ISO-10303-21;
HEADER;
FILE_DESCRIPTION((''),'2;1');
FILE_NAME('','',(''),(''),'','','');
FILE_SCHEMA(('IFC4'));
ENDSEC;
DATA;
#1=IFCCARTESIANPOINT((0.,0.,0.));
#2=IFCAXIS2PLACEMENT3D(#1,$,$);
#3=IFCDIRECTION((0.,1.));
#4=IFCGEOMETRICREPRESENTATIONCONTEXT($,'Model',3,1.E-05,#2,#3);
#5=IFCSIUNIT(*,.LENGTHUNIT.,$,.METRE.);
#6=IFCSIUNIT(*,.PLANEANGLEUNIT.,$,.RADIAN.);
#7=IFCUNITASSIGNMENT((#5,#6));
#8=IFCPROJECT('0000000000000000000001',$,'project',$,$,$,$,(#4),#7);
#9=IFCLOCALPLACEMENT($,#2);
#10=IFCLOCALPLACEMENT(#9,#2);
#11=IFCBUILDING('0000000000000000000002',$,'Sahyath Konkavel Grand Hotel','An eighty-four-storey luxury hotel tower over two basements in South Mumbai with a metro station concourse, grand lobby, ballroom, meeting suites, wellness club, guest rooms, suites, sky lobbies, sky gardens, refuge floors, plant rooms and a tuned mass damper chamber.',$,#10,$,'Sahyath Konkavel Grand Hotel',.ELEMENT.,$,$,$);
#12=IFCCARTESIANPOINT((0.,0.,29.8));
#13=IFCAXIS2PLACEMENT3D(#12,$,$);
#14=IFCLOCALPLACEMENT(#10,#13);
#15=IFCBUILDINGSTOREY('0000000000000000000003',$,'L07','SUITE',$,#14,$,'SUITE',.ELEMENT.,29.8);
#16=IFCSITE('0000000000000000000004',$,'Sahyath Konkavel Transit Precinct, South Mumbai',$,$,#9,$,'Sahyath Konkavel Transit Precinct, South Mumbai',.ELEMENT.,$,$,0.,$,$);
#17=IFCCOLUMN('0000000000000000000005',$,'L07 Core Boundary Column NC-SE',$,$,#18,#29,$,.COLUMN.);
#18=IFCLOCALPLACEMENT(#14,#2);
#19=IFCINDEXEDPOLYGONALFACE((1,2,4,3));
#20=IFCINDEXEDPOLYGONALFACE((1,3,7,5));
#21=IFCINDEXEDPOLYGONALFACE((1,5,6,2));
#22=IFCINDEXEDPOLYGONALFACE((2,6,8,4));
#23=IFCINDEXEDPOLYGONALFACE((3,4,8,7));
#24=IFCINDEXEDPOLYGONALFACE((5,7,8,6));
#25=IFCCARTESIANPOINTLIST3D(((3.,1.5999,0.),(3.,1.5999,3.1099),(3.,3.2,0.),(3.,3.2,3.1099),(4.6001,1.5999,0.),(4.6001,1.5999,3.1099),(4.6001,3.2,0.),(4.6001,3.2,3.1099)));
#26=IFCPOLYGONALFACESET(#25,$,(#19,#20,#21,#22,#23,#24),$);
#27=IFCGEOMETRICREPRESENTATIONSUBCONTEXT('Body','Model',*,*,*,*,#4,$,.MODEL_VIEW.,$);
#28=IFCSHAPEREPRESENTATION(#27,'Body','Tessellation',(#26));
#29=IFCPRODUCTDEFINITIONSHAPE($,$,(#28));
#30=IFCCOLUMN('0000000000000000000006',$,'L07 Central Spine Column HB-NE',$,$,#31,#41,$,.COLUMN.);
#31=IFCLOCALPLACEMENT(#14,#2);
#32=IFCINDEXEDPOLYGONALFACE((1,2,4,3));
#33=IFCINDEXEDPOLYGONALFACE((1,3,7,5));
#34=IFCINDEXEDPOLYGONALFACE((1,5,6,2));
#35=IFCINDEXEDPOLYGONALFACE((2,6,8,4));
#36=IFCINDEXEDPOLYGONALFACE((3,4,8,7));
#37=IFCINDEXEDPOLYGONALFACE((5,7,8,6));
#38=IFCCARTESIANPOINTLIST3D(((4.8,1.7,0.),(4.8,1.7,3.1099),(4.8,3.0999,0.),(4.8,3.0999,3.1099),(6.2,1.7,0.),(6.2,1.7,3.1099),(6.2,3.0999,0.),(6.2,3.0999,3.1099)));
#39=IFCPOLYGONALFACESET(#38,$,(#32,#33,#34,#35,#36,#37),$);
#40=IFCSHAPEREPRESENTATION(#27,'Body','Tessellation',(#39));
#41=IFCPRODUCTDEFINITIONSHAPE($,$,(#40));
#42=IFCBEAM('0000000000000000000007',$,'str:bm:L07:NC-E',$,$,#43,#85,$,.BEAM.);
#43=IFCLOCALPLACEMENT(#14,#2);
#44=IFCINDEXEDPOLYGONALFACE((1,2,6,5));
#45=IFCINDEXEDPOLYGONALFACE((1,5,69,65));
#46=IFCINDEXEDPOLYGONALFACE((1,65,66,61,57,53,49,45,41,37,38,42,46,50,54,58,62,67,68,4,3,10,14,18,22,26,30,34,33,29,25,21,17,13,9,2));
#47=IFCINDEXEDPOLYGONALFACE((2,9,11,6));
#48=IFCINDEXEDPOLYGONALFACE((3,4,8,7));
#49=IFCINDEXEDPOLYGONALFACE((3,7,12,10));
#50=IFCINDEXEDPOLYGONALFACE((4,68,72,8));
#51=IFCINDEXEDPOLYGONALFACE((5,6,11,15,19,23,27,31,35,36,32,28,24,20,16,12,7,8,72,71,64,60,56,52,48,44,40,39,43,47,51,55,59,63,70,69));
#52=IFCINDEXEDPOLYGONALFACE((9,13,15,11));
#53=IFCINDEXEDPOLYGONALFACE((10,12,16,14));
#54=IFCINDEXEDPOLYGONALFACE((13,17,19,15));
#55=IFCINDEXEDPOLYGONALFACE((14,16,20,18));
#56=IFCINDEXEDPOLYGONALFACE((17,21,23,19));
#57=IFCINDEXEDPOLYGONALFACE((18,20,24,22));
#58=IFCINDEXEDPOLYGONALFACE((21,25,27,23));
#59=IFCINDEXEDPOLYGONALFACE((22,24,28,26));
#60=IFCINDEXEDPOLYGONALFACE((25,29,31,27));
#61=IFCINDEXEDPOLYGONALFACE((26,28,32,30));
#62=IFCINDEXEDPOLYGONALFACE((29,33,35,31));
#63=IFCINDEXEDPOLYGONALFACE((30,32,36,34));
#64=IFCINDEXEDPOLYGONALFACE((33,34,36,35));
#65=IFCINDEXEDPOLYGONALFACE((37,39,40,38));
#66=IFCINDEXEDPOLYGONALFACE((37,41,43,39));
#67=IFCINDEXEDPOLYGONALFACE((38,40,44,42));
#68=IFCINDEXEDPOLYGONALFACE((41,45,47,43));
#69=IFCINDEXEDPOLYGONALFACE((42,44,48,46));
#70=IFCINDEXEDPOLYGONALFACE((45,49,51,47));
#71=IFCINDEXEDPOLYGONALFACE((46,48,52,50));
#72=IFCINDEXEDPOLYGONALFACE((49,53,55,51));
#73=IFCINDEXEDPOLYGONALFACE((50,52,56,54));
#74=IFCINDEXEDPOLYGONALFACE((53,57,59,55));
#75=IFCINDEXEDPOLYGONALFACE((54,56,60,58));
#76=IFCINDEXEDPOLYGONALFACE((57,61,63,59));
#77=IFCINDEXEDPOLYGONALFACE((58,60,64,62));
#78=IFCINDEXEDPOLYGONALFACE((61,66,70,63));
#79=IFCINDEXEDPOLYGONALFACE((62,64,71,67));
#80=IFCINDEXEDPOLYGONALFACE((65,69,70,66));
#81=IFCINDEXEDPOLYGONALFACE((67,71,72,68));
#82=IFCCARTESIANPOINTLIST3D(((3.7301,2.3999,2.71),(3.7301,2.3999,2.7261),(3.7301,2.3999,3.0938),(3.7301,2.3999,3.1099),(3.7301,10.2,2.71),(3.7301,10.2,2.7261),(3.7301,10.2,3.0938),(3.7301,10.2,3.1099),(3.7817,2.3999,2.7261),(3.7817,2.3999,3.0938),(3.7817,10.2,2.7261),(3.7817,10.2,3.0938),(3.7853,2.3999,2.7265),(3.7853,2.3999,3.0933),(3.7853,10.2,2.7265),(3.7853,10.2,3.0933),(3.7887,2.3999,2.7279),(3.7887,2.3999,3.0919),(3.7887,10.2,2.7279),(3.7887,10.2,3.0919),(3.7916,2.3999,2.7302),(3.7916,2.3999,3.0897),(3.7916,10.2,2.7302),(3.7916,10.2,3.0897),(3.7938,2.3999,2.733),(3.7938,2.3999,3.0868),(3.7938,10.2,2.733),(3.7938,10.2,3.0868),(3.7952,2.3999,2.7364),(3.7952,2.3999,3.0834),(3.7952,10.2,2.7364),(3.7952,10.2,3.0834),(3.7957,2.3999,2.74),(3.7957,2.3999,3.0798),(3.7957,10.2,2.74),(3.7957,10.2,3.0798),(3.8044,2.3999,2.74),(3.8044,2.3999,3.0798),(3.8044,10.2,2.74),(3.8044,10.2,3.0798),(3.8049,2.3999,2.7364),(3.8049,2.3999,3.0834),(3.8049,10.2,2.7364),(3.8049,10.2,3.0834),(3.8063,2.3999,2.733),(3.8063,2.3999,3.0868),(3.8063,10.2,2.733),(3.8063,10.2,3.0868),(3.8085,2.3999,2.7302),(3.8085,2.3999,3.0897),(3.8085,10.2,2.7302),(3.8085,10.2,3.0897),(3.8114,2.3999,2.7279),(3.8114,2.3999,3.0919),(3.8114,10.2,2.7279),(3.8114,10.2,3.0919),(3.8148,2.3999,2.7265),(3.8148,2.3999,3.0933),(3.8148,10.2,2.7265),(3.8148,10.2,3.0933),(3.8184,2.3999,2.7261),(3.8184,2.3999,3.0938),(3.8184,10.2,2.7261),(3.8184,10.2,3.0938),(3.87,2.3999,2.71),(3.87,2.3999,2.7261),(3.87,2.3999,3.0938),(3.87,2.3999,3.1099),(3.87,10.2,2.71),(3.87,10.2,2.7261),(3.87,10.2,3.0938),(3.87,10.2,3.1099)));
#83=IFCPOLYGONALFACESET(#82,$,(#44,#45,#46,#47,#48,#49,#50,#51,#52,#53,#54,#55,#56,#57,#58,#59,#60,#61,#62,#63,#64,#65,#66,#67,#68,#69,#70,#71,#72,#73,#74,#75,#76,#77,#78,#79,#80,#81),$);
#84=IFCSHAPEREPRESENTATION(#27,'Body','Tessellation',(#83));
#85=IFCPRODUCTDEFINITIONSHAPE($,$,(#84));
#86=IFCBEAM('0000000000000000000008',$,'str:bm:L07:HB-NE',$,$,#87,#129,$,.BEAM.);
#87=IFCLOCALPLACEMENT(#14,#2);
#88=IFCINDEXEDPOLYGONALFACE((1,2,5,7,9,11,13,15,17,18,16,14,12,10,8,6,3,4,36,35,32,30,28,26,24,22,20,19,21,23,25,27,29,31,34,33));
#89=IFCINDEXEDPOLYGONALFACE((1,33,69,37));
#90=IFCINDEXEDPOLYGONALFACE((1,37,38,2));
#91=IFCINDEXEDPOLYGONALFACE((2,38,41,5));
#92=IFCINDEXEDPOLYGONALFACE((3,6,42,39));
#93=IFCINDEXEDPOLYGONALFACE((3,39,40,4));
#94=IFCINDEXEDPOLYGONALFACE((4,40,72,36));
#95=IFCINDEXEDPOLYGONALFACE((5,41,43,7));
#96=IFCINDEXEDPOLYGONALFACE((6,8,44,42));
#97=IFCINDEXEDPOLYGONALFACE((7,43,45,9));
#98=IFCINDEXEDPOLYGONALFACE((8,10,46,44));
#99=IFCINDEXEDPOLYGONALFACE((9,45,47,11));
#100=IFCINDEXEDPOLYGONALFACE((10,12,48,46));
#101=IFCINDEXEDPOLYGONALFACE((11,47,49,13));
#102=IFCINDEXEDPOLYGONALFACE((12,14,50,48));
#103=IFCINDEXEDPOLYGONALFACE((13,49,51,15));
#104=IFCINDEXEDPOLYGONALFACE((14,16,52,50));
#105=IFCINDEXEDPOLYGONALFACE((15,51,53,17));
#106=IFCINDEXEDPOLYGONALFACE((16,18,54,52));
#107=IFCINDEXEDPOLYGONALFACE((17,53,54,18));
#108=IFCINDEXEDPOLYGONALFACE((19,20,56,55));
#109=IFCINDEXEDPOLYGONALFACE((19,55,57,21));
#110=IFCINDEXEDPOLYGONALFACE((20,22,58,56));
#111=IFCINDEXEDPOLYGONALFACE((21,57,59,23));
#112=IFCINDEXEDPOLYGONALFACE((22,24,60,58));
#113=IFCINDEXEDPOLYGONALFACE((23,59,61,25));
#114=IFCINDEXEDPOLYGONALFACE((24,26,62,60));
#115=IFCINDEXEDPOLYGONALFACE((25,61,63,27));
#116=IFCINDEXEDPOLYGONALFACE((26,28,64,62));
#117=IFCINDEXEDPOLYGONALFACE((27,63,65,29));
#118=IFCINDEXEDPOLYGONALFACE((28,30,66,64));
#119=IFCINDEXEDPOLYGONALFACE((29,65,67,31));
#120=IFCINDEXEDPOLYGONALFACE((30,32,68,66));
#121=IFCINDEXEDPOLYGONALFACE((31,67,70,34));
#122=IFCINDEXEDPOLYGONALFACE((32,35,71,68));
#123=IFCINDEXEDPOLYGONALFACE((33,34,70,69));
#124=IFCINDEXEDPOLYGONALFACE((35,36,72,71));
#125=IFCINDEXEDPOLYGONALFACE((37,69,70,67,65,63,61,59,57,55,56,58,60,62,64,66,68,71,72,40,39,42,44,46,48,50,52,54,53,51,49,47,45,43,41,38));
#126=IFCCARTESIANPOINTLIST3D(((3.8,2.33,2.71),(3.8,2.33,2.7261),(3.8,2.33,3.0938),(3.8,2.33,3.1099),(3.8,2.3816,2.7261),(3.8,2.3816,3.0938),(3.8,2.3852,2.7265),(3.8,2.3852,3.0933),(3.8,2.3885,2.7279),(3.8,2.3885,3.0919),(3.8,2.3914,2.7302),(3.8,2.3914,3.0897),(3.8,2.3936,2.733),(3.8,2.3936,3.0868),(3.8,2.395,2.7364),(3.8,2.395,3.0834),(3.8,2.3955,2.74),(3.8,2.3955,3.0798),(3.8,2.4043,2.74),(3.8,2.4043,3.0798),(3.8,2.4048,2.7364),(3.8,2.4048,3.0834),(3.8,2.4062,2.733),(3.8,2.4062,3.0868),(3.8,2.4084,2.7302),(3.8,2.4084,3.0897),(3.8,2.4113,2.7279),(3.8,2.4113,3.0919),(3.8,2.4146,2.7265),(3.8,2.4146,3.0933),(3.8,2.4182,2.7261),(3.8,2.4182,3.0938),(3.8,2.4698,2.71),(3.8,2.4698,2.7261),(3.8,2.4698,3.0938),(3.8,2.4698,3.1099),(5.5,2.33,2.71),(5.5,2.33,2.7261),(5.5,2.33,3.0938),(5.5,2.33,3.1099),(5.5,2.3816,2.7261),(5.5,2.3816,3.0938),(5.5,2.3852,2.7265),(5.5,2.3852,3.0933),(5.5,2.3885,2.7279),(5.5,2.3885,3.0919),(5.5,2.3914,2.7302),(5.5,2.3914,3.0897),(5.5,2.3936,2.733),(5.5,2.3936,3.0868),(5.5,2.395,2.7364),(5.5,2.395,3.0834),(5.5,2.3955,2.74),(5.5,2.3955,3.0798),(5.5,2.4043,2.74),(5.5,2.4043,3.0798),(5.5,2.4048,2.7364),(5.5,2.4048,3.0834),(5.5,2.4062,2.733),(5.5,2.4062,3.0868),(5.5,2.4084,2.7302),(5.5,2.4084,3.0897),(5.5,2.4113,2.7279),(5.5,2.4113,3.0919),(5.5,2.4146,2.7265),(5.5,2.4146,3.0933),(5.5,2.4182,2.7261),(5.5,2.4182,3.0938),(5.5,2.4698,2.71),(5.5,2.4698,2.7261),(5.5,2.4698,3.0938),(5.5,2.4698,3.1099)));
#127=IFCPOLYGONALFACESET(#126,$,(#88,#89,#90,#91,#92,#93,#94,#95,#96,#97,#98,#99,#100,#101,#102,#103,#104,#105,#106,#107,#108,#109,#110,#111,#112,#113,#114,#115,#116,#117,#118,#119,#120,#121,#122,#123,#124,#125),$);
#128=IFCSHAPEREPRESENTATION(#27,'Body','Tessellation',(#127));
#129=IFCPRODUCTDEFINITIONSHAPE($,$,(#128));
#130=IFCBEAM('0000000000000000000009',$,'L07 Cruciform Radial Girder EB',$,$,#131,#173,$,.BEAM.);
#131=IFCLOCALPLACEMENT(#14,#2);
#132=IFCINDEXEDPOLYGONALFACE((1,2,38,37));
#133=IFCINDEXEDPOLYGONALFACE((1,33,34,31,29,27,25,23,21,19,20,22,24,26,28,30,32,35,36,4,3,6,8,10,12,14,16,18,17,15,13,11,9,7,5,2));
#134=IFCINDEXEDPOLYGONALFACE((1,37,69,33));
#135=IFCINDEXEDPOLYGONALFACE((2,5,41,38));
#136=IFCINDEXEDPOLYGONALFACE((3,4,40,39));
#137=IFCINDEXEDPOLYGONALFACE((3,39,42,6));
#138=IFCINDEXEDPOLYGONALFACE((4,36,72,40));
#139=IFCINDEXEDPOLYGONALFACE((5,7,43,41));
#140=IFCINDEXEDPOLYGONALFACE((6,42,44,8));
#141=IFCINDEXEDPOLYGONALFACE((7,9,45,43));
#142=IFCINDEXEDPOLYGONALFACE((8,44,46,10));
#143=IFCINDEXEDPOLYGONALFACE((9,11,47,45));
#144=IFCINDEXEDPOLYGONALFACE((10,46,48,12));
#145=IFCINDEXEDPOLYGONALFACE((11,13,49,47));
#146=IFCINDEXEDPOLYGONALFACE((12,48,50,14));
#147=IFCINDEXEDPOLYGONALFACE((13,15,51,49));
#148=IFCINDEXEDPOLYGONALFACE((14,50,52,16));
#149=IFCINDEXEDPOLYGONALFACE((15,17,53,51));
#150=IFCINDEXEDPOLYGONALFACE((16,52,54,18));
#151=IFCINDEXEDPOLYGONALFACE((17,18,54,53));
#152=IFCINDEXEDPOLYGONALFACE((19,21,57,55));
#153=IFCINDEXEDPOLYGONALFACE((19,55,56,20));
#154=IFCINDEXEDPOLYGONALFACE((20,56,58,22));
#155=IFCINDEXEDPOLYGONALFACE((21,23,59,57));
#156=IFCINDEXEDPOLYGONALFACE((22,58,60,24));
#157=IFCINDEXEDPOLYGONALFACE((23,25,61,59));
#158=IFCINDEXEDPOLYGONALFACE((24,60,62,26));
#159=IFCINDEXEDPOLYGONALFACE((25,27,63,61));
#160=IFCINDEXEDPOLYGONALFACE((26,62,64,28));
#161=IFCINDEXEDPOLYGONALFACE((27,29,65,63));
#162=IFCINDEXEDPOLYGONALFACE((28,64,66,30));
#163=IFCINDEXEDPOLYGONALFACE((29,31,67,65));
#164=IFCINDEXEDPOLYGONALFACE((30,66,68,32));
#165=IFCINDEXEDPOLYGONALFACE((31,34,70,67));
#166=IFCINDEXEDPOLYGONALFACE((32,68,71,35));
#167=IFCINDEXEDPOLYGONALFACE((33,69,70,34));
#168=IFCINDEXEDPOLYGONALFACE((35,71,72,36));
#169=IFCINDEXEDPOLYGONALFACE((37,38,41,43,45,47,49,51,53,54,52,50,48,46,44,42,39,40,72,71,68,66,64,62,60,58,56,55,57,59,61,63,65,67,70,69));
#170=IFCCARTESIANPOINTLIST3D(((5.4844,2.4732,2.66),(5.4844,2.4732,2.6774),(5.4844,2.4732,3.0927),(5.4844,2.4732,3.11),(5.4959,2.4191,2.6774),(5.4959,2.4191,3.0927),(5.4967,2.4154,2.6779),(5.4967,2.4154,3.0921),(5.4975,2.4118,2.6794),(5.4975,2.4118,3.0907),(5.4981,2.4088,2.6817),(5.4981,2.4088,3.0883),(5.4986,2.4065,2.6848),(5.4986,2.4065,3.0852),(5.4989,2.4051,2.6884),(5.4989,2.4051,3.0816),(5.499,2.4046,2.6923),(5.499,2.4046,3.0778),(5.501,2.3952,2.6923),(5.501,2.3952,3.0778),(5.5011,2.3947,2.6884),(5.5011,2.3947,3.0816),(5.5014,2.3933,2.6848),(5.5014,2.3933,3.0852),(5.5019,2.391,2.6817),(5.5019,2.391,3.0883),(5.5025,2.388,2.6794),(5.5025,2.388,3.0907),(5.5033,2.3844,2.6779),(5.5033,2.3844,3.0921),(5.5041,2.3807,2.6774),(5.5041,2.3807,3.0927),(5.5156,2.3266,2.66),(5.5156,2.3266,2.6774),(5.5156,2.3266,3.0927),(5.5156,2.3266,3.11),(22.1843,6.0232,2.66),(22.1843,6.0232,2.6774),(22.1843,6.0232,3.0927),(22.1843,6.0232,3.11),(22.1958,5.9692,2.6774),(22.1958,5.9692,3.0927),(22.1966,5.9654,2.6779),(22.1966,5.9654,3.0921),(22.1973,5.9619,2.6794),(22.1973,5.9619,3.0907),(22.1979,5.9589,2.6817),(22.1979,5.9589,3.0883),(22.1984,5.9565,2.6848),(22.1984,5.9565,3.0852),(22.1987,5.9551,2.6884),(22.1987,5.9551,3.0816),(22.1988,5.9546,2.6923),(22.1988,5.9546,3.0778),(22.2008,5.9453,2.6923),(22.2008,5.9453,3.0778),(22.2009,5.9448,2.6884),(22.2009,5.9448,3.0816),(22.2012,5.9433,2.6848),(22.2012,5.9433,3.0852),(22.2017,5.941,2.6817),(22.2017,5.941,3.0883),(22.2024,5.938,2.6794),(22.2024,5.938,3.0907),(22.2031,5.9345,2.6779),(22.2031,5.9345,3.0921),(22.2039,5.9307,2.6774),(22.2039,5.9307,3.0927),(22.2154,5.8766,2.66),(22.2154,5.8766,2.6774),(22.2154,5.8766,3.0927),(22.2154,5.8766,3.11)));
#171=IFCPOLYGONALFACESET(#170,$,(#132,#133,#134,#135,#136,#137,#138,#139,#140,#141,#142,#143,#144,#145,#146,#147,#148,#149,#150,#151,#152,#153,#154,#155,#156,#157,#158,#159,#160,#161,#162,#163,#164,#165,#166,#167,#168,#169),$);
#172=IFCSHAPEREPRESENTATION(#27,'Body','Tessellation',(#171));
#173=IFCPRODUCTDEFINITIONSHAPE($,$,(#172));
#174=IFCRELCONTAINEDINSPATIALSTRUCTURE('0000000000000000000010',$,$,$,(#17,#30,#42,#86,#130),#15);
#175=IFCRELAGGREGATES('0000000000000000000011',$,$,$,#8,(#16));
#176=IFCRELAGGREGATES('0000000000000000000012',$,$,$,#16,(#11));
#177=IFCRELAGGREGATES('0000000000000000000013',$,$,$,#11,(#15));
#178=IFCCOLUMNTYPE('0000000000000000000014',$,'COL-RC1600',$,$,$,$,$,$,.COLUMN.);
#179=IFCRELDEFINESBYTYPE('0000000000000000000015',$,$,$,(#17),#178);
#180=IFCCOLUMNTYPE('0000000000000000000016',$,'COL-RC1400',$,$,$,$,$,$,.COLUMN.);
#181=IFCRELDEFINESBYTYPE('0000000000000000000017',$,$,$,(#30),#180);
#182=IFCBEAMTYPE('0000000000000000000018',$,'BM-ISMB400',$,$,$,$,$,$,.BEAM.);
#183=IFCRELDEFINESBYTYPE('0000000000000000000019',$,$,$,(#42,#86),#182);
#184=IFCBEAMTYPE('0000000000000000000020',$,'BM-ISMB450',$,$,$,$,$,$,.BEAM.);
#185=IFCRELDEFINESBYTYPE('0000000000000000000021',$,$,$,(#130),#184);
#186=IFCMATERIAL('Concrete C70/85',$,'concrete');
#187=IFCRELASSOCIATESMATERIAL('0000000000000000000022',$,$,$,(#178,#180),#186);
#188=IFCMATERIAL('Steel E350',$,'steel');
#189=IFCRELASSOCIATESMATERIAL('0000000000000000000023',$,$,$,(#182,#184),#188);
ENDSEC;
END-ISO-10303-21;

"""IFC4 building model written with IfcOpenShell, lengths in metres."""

from ifc_helpers import new_model, si_unit, direction, frame, origin, origin_2d, place, context, subcontext, project, spatial, rectangle, i_section, extrude, source, transform, mapped, material, material_profile, profile_set, type_object, element, save


model = new_model("IFC4")

# Units and contexts
model_context = context("Model", 3, precision=1e-05, world=origin(), true_north=direction((0.0, 1.0)))
body_context = subcontext(model_context, "Body", "Model", "MODEL_VIEW")
ifc_project = project(units=[si_unit("LENGTHUNIT", "METRE"), si_unit("PLANEANGLEUNIT", "RADIAN")], contexts=[model_context])

# Site, building, storey
site_placement = place(None, origin())
site = spatial("IfcSite", under=ifc_project, at=site_placement, Name="Sahyath Konkavel Transit Precinct, South Mumbai", LongName="Sahyath Konkavel Transit Precinct, South Mumbai", CompositionType="ELEMENT", RefElevation=0.0)
building_placement = place(site_placement, origin())
building = spatial("IfcBuilding", under=site, at=building_placement, Name="Sahyath Konkavel Grand Hotel", Description="An eighty-four-storey luxury hotel tower over two basements in South Mumbai with a metro station concourse, grand lobby, ballroom, meeting suites, wellness club, guest rooms, suites, sky lobbies, sky gardens, refuge floors, plant rooms and a tuned mass damper chamber.", LongName="Sahyath Konkavel Grand Hotel", CompositionType="ELEMENT")
storey_placement = place(building_placement, frame((0.0, 0.0, 29.8)))
storey = spatial("IfcBuildingStorey", under=building, at=storey_placement, Name="L07", Description="SUITE", LongName="SUITE", CompositionType="ELEMENT", Elevation=29.8)

# Columns
ifc_material_1 = material(Name="Concrete C70/85", Category="concrete")
ifc_material_profile_1 = material_profile(ifc_material_1, rectangle(XDim=1.6001, YDim=1.6001, at=origin_2d()), Name="RC 1600x1600")
ifc_profile_set_1 = profile_set([ifc_material_profile_1], Name="Concrete C70/85")
column_type_1 = type_object("IfcColumnType", Name="COL-RC1600", PredefinedType="COLUMN", material=ifc_profile_set_1)
shared_shape_1 = source(origin(), body_context, "Body", "SweptSolid", [
    extrude(rectangle(XDim=1.6001, YDim=1.6001, at=origin_2d()), origin(), (0.0, 0.0, 1.0), 3.1099),
])
column_1_placement = place(storey_placement, frame((3.8, 2.3999, 0.0), z_axis=(0.0, 0.0, 1.0), x_axis=(1.0, 0.0, 0.0)))
element("IfcColumn", 1, at=column_1_placement, inside=storey, type_object=column_type_1, Name="L07 Core Boundary Column NC-SE", PredefinedType="COLUMN", context=body_context, shape_type="MappedRepresentation", body=[
    mapped(shared_shape_1, transform((0.0, 0.0, 0.0), scale=1.0)),
])
ifc_material_profile_2 = material_profile(ifc_material_1, rectangle(XDim=1.3999, YDim=1.3999, at=origin_2d()), Name="RC 1400x1400")
ifc_profile_set_2 = profile_set([ifc_material_profile_2], Name="Concrete C70/85")
column_type_2 = type_object("IfcColumnType", Name="COL-RC1400", PredefinedType="COLUMN", material=ifc_profile_set_2)
shared_shape_2 = source(origin(), body_context, "Body", "SweptSolid", [
    extrude(rectangle(XDim=1.3999, YDim=1.3999, at=origin_2d()), origin(), (0.0, 0.0, 1.0), 3.1099),
])
column_2_placement = place(storey_placement, frame((5.5, 2.3999, 0.0), z_axis=(0.0, 0.0, 1.0), x_axis=(1.0, 0.0, 0.0)))
element("IfcColumn", 2, at=column_2_placement, inside=storey, type_object=column_type_2, Name="L07 Central Spine Column HB-NE", PredefinedType="COLUMN", context=body_context, shape_type="MappedRepresentation", body=[
    mapped(shared_shape_2, transform((0.0, 0.0, 0.0), scale=1.0)),
])

# Beams
ifc_material_2 = material(Name="Steel E350", Category="steel")
ifc_material_profile_3 = material_profile(ifc_material_2, i_section(OverallWidth=0.1399, OverallDepth=0.3999, WebThickness=0.0088, FlangeThickness=0.0161, FilletRadius=0.0139, at=origin_2d()), Name="ISMB 400")
ifc_profile_set_3 = profile_set([ifc_material_profile_3], Name="Steel E350")
beam_type_1 = type_object("IfcBeamType", Name="BM-ISMB400", PredefinedType="BEAM", material=ifc_profile_set_3)
shared_shape_3 = source(origin(), body_context, "Body", "SweptSolid", [
    extrude(i_section(OverallWidth=0.1399, OverallDepth=0.3999, WebThickness=0.0088, FlangeThickness=0.0161, FilletRadius=0.0139, at=origin_2d()), origin(), (0.0, 0.0, 1.0), 7.8),
])
beam_1_placement = place(storey_placement, frame((3.8, 2.3999, 2.9099), z_axis=(0.0, 1.0, 0.0), x_axis=(-1.0, 0.0, 0.0)))
element("IfcBeam", 3, at=beam_1_placement, inside=storey, type_object=beam_type_1, Name="str:bm:L07:NC-E", PredefinedType="BEAM", context=body_context, shape_type="MappedRepresentation", body=[
    mapped(shared_shape_3, transform((0.0, 0.0, 0.0), scale=1.0)),
])
shared_shape_4 = source(origin(), body_context, "Body", "SweptSolid", [
    extrude(i_section(OverallWidth=0.1399, OverallDepth=0.3999, WebThickness=0.0088, FlangeThickness=0.0161, FilletRadius=0.0139, at=origin_2d()), origin(), (0.0, 0.0, 1.0), 1.7),
])
beam_2_placement = place(storey_placement, frame((3.8, 2.3999, 2.9099), z_axis=(1.0, 0.0, 0.0), x_axis=(0.0, 1.0, 0.0)))
element("IfcBeam", 4, at=beam_2_placement, inside=storey, type_object=beam_type_1, Name="str:bm:L07:HB-NE", PredefinedType="BEAM", context=body_context, shape_type="MappedRepresentation", body=[
    mapped(shared_shape_4, transform((0.0, 0.0, 0.0), scale=1.0)),
])
ifc_material_profile_4 = material_profile(ifc_material_2, i_section(OverallWidth=0.1499, OverallDepth=0.45, WebThickness=0.0095, FlangeThickness=0.0173, FilletRadius=0.0149, at=origin_2d()), Name="ISMB 450")
ifc_profile_set_4 = profile_set([ifc_material_profile_4], Name="Steel E350")
beam_type_2 = type_object("IfcBeamType", Name="BM-ISMB450", PredefinedType="BEAM", material=ifc_profile_set_4)
shared_shape_5 = source(origin(), body_context, "Body", "SweptSolid", [
    extrude(i_section(OverallWidth=0.1499, OverallDepth=0.45, WebThickness=0.0095, FlangeThickness=0.0173, FilletRadius=0.0149, at=origin_2d()), origin(), (0.0, 0.0, 1.0), 17.073),
])
beam_3_placement = place(storey_placement, frame((5.5, 2.3999, 2.885), z_axis=(0.978143, 0.207932, 0.0), x_axis=(-0.207932, 0.978143, 0.0)))
element("IfcBeam", 5, at=beam_3_placement, inside=storey, type_object=beam_type_2, Name="L07 Cruciform Radial Girder EB", PredefinedType="BEAM", context=body_context, shape_type="MappedRepresentation", body=[
    mapped(shared_shape_5, transform((0.0, 0.0, 0.0), scale=1.0)),
])

save(model, "model.ifc")
